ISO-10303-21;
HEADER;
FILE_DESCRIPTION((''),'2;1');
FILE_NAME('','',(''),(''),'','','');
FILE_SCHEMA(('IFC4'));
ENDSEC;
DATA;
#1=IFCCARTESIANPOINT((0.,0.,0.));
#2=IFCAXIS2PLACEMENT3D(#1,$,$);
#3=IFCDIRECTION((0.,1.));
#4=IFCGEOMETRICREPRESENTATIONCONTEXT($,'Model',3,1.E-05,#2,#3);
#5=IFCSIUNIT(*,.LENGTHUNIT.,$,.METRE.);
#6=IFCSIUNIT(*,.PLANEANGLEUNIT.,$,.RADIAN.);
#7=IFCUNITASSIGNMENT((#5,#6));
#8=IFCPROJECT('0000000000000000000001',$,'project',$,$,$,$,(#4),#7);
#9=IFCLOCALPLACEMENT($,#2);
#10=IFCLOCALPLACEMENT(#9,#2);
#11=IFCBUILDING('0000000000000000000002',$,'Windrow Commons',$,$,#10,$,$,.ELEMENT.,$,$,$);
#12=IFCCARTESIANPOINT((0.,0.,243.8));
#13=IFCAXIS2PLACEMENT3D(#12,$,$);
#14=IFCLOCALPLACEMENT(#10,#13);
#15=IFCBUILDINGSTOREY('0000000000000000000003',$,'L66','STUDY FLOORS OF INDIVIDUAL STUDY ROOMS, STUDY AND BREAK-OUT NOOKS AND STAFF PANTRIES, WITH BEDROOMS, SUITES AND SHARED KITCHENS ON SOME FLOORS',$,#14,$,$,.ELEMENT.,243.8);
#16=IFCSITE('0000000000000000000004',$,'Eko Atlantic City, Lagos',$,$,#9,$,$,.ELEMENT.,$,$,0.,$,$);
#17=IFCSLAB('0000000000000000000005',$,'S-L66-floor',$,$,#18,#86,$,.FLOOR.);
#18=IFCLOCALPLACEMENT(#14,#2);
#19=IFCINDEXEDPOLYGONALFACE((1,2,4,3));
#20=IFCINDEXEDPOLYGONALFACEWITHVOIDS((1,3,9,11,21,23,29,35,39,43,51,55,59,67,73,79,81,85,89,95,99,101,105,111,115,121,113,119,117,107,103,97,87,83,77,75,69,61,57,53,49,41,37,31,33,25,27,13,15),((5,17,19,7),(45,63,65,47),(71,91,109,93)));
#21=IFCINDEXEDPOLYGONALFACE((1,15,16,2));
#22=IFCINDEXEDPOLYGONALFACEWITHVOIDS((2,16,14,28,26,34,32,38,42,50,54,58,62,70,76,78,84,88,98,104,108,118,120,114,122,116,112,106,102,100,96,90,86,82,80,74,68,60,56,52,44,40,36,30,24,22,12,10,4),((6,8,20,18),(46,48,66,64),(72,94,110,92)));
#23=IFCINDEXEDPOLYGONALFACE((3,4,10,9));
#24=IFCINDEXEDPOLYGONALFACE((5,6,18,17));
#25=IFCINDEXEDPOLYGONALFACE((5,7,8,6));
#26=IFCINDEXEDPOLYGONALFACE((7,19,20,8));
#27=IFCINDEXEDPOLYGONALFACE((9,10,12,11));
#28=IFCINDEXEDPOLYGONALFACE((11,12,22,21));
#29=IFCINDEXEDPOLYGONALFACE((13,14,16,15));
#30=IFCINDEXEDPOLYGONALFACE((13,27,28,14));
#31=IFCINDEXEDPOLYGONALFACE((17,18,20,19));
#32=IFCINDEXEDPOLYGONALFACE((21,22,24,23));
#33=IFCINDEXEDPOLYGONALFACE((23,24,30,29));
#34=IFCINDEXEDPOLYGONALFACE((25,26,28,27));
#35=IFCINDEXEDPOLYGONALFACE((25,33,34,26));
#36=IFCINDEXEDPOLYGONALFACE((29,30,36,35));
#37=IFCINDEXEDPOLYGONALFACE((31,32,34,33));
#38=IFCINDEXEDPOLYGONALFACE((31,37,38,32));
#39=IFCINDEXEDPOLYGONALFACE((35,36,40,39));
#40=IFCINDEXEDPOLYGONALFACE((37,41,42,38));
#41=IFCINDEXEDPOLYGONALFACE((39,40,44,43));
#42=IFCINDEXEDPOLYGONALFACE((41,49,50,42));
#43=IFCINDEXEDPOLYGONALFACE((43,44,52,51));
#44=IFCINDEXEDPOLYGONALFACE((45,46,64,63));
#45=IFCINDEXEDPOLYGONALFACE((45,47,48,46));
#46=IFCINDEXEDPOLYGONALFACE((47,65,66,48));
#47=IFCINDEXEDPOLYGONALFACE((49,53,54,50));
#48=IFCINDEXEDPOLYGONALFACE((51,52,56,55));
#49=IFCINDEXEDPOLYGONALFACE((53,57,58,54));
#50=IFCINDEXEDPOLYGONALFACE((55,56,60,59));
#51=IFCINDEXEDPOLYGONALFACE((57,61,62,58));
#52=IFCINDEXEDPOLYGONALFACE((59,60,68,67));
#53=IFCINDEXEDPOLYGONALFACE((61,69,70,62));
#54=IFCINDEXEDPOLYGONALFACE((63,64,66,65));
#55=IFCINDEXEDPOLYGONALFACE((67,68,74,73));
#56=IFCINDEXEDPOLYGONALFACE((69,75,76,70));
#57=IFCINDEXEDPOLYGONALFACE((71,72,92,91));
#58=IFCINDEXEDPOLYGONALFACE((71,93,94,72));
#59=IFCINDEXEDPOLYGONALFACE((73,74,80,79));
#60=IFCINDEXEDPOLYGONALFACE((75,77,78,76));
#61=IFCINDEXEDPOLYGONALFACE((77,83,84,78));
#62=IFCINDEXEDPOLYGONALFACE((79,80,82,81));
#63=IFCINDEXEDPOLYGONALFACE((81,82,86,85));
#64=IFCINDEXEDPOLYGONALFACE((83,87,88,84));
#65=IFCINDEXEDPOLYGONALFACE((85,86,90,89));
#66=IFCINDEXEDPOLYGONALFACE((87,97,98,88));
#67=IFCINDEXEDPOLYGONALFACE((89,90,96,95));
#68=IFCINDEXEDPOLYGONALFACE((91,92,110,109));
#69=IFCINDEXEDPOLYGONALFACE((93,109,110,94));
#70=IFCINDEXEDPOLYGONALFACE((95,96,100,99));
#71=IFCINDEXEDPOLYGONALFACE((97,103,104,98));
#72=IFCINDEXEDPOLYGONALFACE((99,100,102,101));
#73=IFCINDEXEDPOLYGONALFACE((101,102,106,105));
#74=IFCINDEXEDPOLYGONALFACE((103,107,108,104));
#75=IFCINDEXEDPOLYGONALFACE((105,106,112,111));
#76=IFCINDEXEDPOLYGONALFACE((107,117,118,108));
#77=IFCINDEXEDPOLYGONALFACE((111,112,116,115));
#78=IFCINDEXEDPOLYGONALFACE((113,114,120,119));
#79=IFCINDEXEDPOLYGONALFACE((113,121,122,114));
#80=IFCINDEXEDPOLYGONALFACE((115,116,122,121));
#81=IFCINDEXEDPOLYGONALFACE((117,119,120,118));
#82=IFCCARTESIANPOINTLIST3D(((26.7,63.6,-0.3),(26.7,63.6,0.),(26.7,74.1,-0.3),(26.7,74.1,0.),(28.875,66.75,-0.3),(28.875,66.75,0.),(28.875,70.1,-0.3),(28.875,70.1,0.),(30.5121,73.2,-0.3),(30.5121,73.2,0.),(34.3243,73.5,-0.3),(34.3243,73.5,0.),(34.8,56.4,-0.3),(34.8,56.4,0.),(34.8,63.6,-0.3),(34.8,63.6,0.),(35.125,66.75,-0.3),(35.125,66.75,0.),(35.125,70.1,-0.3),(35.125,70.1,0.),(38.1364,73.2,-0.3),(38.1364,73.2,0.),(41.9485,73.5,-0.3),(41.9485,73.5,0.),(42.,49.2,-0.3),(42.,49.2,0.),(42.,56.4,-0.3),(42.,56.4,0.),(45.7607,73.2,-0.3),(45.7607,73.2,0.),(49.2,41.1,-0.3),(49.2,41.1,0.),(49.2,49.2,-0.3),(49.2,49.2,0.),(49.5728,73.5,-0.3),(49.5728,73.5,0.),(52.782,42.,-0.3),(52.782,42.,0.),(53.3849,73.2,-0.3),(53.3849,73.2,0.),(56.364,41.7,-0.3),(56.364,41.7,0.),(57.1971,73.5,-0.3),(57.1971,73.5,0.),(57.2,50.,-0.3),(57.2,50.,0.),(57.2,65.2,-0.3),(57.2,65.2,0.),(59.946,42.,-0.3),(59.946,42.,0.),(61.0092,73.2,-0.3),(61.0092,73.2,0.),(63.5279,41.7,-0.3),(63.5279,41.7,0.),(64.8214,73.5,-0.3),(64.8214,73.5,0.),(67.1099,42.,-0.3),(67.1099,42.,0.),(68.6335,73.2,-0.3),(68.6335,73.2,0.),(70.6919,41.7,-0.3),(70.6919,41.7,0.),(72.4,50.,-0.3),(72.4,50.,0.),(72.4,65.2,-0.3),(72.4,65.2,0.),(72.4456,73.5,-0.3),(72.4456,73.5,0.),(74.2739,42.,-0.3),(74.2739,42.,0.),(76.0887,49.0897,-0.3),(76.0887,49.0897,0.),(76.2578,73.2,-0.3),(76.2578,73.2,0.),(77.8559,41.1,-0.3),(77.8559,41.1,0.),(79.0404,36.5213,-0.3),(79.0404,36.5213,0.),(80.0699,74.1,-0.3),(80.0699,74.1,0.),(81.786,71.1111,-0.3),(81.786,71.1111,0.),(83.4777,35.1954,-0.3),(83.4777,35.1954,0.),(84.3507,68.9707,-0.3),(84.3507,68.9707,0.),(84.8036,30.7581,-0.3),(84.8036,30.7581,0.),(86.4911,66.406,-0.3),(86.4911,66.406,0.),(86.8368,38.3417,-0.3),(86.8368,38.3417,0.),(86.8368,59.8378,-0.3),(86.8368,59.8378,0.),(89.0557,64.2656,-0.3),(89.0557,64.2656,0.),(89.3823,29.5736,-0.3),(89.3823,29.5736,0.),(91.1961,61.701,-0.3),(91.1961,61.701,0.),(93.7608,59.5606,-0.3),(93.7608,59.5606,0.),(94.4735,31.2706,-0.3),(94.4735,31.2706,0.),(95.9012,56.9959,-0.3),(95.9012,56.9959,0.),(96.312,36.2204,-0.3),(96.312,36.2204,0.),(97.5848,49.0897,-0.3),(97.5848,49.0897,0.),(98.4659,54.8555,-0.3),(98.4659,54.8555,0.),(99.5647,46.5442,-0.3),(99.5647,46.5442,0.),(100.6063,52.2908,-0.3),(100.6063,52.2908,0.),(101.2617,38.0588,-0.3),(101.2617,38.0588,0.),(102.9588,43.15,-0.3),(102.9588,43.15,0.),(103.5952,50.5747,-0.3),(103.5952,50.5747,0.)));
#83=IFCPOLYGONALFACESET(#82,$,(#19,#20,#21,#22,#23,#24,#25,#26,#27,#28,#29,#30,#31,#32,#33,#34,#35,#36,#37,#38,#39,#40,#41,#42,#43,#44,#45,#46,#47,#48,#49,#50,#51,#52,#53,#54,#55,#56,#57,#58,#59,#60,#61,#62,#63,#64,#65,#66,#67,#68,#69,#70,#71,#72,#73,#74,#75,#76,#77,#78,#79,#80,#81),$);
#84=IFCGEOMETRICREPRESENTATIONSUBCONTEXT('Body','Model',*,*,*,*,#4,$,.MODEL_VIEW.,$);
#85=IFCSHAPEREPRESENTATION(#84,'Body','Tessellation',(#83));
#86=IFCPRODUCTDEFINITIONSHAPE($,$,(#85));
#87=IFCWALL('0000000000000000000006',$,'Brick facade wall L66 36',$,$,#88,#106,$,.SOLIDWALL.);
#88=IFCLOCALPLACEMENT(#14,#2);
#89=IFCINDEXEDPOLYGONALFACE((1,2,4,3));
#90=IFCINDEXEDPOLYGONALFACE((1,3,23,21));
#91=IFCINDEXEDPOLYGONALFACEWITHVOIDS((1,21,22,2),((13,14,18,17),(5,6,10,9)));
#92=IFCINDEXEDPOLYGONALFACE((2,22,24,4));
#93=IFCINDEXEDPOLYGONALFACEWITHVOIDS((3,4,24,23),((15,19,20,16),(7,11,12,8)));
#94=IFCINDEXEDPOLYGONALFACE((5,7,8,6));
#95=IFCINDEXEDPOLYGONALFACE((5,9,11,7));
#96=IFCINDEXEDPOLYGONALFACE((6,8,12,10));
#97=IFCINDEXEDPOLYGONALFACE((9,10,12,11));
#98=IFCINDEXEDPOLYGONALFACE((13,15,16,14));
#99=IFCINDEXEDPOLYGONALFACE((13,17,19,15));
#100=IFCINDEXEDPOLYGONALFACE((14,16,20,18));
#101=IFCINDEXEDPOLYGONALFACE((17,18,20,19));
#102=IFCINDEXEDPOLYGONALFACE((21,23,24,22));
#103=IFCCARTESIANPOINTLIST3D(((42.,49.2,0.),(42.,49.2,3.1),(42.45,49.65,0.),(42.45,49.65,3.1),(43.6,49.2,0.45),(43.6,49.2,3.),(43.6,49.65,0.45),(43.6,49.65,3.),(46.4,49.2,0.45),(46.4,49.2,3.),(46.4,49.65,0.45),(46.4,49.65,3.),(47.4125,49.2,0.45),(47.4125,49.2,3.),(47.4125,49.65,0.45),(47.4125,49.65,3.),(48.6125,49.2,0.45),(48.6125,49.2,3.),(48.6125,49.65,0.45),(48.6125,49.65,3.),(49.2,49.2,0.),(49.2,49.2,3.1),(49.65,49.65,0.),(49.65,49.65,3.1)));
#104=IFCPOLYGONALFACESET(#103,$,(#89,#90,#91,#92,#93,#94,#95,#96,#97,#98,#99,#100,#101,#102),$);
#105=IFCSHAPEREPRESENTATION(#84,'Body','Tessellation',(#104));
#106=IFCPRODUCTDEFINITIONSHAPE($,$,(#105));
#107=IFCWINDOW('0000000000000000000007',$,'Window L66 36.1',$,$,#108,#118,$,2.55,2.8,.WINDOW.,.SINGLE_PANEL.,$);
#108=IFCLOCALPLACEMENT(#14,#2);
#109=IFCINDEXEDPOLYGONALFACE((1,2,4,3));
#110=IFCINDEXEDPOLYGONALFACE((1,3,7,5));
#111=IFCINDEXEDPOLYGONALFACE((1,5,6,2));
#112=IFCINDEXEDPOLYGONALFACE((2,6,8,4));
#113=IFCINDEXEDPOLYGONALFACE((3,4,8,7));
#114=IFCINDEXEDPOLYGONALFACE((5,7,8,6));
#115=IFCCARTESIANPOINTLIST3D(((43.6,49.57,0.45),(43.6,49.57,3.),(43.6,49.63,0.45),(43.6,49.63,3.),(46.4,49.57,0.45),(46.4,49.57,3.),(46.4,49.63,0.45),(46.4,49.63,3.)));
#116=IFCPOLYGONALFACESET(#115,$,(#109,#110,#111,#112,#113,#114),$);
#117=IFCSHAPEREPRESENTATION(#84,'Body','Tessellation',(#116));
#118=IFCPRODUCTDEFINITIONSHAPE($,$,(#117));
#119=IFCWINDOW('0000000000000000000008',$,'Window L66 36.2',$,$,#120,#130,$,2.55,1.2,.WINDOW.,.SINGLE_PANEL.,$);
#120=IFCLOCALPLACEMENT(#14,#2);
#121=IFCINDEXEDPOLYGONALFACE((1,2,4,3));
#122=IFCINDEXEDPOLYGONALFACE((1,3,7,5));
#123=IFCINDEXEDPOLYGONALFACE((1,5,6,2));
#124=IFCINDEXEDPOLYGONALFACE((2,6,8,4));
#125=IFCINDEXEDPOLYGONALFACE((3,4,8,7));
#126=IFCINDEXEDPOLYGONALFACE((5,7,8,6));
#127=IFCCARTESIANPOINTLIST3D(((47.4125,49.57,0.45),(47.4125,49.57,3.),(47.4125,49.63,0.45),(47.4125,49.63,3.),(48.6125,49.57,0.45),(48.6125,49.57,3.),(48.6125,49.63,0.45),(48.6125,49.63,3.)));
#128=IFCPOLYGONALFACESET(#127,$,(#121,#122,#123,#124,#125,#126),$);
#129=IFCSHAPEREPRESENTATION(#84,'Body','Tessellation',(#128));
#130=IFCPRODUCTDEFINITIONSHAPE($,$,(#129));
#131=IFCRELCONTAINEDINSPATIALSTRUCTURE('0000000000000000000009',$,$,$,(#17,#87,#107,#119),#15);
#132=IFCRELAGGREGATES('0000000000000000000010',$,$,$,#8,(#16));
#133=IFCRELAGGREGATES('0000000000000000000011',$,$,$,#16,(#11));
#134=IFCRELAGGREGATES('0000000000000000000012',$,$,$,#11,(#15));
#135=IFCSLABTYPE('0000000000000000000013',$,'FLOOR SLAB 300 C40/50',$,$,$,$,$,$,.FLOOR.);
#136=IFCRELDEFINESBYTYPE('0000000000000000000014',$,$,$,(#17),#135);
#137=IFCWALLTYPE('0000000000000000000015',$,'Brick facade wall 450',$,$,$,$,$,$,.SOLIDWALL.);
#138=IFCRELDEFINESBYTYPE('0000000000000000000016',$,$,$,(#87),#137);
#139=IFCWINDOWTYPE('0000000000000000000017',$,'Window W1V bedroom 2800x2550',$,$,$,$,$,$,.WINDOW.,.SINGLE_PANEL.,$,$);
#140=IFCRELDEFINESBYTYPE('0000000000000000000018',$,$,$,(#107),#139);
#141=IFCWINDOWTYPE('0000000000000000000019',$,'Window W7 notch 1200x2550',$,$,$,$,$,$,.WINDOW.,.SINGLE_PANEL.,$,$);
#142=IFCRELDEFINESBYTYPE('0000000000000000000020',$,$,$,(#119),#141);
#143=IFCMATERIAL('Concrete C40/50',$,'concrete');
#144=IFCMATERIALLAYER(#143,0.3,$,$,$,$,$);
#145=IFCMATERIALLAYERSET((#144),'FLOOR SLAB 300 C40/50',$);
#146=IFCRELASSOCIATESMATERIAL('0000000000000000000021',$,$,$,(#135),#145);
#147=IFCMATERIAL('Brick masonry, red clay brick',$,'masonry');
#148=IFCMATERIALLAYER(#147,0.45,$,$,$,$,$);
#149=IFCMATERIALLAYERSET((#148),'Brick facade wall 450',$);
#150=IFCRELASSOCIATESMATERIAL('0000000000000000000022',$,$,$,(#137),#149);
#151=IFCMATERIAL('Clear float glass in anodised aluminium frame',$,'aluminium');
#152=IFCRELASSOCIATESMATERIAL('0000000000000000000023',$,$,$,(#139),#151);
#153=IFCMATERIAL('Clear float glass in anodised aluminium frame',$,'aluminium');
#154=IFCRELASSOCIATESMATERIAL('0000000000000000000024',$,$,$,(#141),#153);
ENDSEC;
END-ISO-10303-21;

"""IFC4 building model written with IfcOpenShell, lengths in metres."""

from ifc_helpers import new_model, si_unit, direction, frame, frame_2d, origin, place, context, subcontext, project, spatial, polyline, rectangle, outline, extrude, material, layer, layer_set, type_object, element, fill, save


model = new_model("IFC4")

# Units and contexts
model_context = context("Model", 3, precision=1e-05, world=origin(), true_north=direction((0.0, 1.0)))
body_context = subcontext(model_context, "Body", "Model", "MODEL_VIEW")
ifc_project = project(units=[si_unit("LENGTHUNIT", "METRE"), si_unit("PLANEANGLEUNIT", "RADIAN")], contexts=[model_context])

# Site, building, storey
site_placement = place(None, origin())
site = spatial("IfcSite", under=ifc_project, at=site_placement, Name="Eko Atlantic City, Lagos", CompositionType="ELEMENT", RefElevation=0.0)
building_placement = place(site_placement, origin())
building = spatial("IfcBuilding", under=site, at=building_placement, Name="Windrow Commons", CompositionType="ELEMENT")
storey_placement = place(building_placement, frame((0.0, 0.0, 243.8)))
storey = spatial("IfcBuildingStorey", under=building, at=storey_placement, Name="L66", Description="STUDY FLOORS OF INDIVIDUAL STUDY ROOMS, STUDY AND BREAK-OUT NOOKS AND STAFF PANTRIES, WITH BEDROOMS, SUITES AND SHARED KITCHENS ON SOME FLOORS", CompositionType="ELEMENT", Elevation=243.8)

# Shared definitions
placement_1 = place(storey_placement, frame((0.0, 0.0, -0.3)))

# Slab, openings
ifc_material_1 = material(Name="Concrete C40/50", Category="concrete")
ifc_layer_1 = layer(ifc_material_1, 0.3)
ifc_layer_set_1 = layer_set([ifc_layer_1], Name="FLOOR SLAB 300 C40/50")
slab_type_1 = type_object("IfcSlabType", Name="FLOOR SLAB 300 C40/50", PredefinedType="FLOOR", material=ifc_layer_set_1)
slab_1 = element("IfcSlab", 1, at=placement_1, inside=storey, type_object=slab_type_1, Name="S-L66-floor", PredefinedType="FLOOR", context=body_context, shape_type="SweptSolid", body=[
    extrude(outline(polyline([(84.8036, 30.7581), (89.3823, 29.5736), (94.4735, 31.2706), (96.312, 36.2204), (101.2617, 38.0588), (102.9588, 43.15), (99.5647, 46.5442), (103.5952, 50.5747), (100.6063, 52.2908), (98.4659, 54.8555), (95.9012, 56.9959), (93.7608, 59.5606), (91.1961, 61.701), (89.0557, 64.2656), (86.4911, 66.406), (84.3507, 68.9707), (81.786, 71.1111), (80.0699, 74.1), (76.2578, 73.2), (72.4456, 73.5), (68.6335, 73.2), (64.8214, 73.5), (61.0092, 73.2), (57.1971, 73.5), (53.3849, 73.2), (49.5728, 73.5), (45.7607, 73.2), (41.9485, 73.5), (38.1364, 73.2), (34.3243, 73.5), (30.5121, 73.2), (26.7, 74.1), (26.7, 63.6), (34.8, 63.6), (34.8, 56.4), (42.0, 56.4), (42.0, 49.2), (49.2, 49.2), (49.2, 41.1), (52.782, 42.0), (56.364, 41.7), (59.946, 42.0), (63.5279, 41.7), (67.1099, 42.0), (70.6919, 41.7), (74.2739, 42.0), (77.8559, 41.1), (79.0404, 36.5213), (83.4777, 35.1954), (84.8036, 30.7581)]), holes=[polyline([(76.0887, 49.0897), (86.8368, 59.8378), (97.5848, 49.0897), (86.8368, 38.3417), (76.0887, 49.0897)]), polyline([(57.2, 65.2), (72.4, 65.2), (72.4, 50.0), (57.2, 50.0), (57.2, 65.2)]), polyline([(28.875, 66.75), (28.875, 70.1), (35.125, 70.1), (35.125, 66.75), (28.875, 66.75)])]), origin(), (0.0, 0.0, 1.0), 0.3),
])
opening_1_placement = place(placement_1, origin())
element("IfcOpeningElement", 2, at=opening_1_placement, cuts=slab_1, PredefinedType="OPENING", context=body_context, shape_type="SweptSolid", body=[
    extrude(outline(polyline([(76.0958, 49.0897), (86.8368, 59.8307), (97.5777, 49.0897), (86.8368, 38.3488), (76.0958, 49.0897)])), origin(), (0.0, 0.0, 1.0), 0.3),
])
opening_2_placement = place(placement_1, origin())
element("IfcOpeningElement", 3, at=opening_2_placement, cuts=slab_1, PredefinedType="OPENING", context=body_context, shape_type="SweptSolid", body=[
    extrude(outline(polyline([(57.205, 65.195), (72.395, 65.195), (72.395, 50.005), (57.205, 50.005), (57.205, 65.195)])), origin(), (0.0, 0.0, 1.0), 0.3),
])
opening_3_placement = place(placement_1, origin())
element("IfcOpeningElement", 4, at=opening_3_placement, cuts=slab_1, PredefinedType="OPENING", context=body_context, shape_type="SweptSolid", body=[
    extrude(outline(polyline([(28.88, 66.755), (28.88, 70.095), (35.12, 70.095), (35.12, 66.755), (28.88, 66.755)])), origin(), (0.0, 0.0, 1.0), 0.3),
])

# Wall, openings, windows
ifc_material_2 = material(Name="Brick masonry, red clay brick", Category="masonry")
ifc_layer_2 = layer(ifc_material_2, 0.45)
ifc_layer_set_2 = layer_set([ifc_layer_2], Name="Brick facade wall 450")
wall_type = type_object("IfcWallType", Name="Brick facade wall 450", PredefinedType="SOLIDWALL", material=ifc_layer_set_2)
wall_placement = place(storey_placement, frame((42.225, 49.425, 0.0), z_axis=(0.0, 0.0, 1.0), x_axis=(1.0, 0.0, 0.0)))
wall = element("IfcWall", 5, at=wall_placement, inside=storey, type_object=wall_type, Name="Brick facade wall L66 36", PredefinedType="SOLIDWALL", context=body_context, shape_type="SweptSolid", body=[
    extrude(outline(polyline([(-0.225, -0.225), (6.975, -0.225), (7.425, 0.225), (0.225, 0.225), (-0.225, -0.225)])), origin(), (0.0, 0.0, 1.0), 3.1),
])
opening_4_placement = place(wall_placement, frame((1.375, 0.0, 0.45)))
opening_4 = element("IfcOpeningElement", 6, at=opening_4_placement, cuts=wall, PredefinedType="OPENING", context=body_context, shape_type="SweptSolid", body=[
    extrude(rectangle(XDim=2.8, YDim=2.55, at=frame_2d((1.4, 1.275))), frame((0.0, 0.235, 0.0), z_axis=(0.0, -1.0, 0.0), x_axis=(1.0, 0.0, 0.0)), (0.0, 0.0, 1.0), 0.47),
])
opening_5_placement = place(wall_placement, frame((5.1875, 0.0, 0.45)))
opening_5 = element("IfcOpeningElement", 7, at=opening_5_placement, cuts=wall, PredefinedType="OPENING", context=body_context, shape_type="SweptSolid", body=[
    extrude(rectangle(XDim=1.2, YDim=2.55, at=frame_2d((0.6, 1.275))), frame((0.0, 0.235, 0.0), z_axis=(0.0, -1.0, 0.0), x_axis=(1.0, 0.0, 0.0)), (0.0, 0.0, 1.0), 0.47),
])
ifc_material_3 = material(Name="Clear float glass in anodised aluminium frame", Category="aluminium")
window_type_1 = type_object("IfcWindowType", Name="Window W1V bedroom 2800x2550", PartitioningType="SINGLE_PANEL", PredefinedType="WINDOW", material=ifc_material_3)
window_1_placement = place(opening_4_placement, origin())
window_1 = element("IfcWindow", 8, at=window_1_placement, inside=storey, type_object=window_type_1, Name="Window L66 36.1", OverallHeight=2.55, OverallWidth=2.8, PartitioningType="SINGLE_PANEL", PredefinedType="WINDOW", context=body_context, shape_type="SweptSolid", body=[
    extrude(rectangle(XDim=2.8, YDim=2.55, at=frame_2d((1.4, 1.275))), frame((0.0, 0.205, 0.0), z_axis=(0.0, -1.0, 0.0), x_axis=(1.0, 0.0, 0.0)), (0.0, 0.0, 1.0), 0.06),
])
fill(opening_4, window_1)
ifc_material_4 = material(Name="Clear float glass in anodised aluminium frame", Category="aluminium")
window_type_2 = type_object("IfcWindowType", Name="Window W7 notch 1200x2550", PartitioningType="SINGLE_PANEL", PredefinedType="WINDOW", material=ifc_material_4)
window_2_placement = place(opening_5_placement, origin())
window_2 = element("IfcWindow", 9, at=window_2_placement, inside=storey, type_object=window_type_2, Name="Window L66 36.2", OverallHeight=2.55, OverallWidth=1.2, PartitioningType="SINGLE_PANEL", PredefinedType="WINDOW", context=body_context, shape_type="SweptSolid", body=[
    extrude(rectangle(XDim=1.2, YDim=2.55, at=frame_2d((0.6, 1.275))), frame((0.0, 0.205, 0.0), z_axis=(0.0, -1.0, 0.0), x_axis=(1.0, 0.0, 0.0)), (0.0, 0.0, 1.0), 0.06),
])
fill(opening_5, window_2)

save(model, "model.ifc")
